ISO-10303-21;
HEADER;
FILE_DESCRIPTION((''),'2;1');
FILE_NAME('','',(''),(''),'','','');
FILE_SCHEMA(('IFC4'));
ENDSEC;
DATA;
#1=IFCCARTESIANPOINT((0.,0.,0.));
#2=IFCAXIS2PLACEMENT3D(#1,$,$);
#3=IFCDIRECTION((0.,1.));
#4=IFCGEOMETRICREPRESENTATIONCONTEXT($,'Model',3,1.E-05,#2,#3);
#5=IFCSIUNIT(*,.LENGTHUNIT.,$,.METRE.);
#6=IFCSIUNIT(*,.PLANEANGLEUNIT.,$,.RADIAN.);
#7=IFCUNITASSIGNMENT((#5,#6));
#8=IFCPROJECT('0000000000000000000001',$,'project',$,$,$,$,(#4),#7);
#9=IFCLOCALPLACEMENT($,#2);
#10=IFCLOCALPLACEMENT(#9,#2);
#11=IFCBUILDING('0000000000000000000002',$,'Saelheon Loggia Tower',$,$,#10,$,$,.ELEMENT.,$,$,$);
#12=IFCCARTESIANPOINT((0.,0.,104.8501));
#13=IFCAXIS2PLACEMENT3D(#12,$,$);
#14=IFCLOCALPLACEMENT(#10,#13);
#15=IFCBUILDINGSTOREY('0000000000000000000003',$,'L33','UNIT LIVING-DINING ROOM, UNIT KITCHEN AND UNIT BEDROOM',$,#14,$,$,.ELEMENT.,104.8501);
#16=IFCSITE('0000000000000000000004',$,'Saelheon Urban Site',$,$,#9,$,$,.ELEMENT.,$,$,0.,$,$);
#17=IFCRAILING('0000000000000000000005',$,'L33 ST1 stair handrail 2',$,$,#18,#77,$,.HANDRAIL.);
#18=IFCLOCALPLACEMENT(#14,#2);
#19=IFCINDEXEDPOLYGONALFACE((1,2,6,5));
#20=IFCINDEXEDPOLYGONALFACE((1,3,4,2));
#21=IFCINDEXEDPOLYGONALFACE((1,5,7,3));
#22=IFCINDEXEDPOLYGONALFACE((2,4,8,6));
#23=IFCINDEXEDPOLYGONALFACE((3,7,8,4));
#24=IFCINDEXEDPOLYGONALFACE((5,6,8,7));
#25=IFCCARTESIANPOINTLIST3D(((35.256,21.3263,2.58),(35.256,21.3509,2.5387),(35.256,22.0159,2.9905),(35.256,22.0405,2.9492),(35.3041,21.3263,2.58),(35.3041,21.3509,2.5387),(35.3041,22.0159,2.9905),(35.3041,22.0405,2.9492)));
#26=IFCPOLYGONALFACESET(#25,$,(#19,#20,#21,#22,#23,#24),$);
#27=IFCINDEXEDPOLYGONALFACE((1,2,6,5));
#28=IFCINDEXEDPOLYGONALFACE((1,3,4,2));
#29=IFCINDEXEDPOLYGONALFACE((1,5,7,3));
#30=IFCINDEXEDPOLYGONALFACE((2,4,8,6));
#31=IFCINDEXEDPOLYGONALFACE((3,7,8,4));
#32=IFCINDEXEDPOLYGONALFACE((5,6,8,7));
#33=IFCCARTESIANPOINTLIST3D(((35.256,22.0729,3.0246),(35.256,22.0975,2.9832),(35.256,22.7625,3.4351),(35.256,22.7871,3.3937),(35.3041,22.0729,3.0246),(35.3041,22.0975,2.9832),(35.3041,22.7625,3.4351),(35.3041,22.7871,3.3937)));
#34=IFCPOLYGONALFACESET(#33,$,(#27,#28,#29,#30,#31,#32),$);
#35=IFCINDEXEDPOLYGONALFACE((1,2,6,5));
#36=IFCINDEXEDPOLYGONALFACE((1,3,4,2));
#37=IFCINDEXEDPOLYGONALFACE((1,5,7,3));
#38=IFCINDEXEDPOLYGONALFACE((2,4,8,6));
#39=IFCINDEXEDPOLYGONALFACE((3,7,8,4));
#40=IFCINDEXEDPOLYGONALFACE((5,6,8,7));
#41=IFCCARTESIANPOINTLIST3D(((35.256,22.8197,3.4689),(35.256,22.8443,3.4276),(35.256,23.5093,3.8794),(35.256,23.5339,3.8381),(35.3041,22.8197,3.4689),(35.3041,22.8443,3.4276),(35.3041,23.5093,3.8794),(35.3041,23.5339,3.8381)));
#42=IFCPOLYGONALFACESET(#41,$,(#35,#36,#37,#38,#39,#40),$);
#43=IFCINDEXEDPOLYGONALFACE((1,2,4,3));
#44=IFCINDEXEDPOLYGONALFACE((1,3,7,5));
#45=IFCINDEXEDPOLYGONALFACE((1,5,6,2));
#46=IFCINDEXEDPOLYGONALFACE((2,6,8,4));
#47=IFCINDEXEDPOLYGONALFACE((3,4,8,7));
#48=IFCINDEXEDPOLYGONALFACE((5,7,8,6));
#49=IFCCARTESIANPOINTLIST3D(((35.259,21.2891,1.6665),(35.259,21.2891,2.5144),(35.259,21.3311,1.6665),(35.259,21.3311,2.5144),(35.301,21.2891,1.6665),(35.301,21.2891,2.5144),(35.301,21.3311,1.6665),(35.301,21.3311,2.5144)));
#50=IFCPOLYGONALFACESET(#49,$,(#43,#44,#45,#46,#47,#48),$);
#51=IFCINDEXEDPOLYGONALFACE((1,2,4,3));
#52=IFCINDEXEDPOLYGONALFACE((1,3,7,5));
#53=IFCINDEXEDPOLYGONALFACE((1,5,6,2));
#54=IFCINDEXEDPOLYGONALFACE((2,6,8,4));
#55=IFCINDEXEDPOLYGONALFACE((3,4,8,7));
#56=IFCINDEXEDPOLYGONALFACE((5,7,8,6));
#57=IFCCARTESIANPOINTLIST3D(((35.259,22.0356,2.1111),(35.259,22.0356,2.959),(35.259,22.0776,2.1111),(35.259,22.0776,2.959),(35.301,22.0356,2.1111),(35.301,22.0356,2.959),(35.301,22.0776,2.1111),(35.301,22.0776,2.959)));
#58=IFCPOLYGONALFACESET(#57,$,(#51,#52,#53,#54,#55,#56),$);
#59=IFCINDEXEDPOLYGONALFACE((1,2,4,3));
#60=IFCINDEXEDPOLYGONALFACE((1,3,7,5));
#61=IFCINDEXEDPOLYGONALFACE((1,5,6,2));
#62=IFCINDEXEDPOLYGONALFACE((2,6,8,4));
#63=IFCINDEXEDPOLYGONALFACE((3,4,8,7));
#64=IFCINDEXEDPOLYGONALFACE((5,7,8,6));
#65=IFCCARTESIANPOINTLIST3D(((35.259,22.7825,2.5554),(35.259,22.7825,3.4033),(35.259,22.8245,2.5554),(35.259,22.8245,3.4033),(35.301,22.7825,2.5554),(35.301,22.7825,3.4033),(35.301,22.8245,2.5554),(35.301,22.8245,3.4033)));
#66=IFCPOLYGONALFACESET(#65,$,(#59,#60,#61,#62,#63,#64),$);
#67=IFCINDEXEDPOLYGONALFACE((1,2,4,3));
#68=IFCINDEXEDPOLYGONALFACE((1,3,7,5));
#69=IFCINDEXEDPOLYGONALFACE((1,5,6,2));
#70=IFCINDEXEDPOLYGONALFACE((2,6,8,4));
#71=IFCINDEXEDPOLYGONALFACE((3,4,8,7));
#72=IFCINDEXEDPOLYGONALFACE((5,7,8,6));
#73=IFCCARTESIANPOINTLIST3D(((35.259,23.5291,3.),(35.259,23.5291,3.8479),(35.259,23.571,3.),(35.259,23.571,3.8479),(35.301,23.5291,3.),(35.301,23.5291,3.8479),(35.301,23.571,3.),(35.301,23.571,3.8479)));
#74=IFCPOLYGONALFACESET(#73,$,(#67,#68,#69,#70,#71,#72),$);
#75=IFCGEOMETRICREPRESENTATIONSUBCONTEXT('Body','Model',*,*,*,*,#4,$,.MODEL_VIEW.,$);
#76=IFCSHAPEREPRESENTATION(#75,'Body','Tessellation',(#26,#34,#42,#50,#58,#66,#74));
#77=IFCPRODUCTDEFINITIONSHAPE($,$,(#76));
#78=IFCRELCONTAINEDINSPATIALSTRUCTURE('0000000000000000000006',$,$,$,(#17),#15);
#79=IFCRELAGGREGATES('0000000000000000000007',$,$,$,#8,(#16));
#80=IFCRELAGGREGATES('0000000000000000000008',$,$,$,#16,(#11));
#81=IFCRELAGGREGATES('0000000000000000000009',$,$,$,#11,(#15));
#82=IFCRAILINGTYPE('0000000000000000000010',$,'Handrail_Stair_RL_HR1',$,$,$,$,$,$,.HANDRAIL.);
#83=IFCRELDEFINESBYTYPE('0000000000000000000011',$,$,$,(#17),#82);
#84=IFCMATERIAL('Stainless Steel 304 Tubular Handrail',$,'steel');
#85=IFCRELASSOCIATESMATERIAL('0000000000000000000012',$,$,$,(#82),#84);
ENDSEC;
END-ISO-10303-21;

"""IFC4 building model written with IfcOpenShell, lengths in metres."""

from ifc_helpers import new_model, si_unit, direction, frame, origin, origin_2d, place, context, subcontext, project, spatial, rectangle, extrude, material, type_object, element, save


model = new_model("IFC4")

# Units and contexts
model_context = context("Model", 3, precision=1e-05, world=origin(), true_north=direction((0.0, 1.0)))
body_context = subcontext(model_context, "Body", "Model", "MODEL_VIEW")
ifc_project = project(units=[si_unit("LENGTHUNIT", "METRE"), si_unit("PLANEANGLEUNIT", "RADIAN")], contexts=[model_context])

# Site, building, storey
site_placement = place(None, origin())
site = spatial("IfcSite", under=ifc_project, at=site_placement, Name="Saelheon Urban Site", CompositionType="ELEMENT", RefElevation=0.0)
building_placement = place(site_placement, origin())
building = spatial("IfcBuilding", under=site, at=building_placement, Name="Saelheon Loggia Tower", CompositionType="ELEMENT")
storey_placement = place(building_placement, frame((0.0, 0.0, 104.8501)))
storey = spatial("IfcBuildingStorey", under=building, at=storey_placement, Name="L33", Description="UNIT LIVING-DINING ROOM, UNIT KITCHEN AND UNIT BEDROOM", CompositionType="ELEMENT", Elevation=104.8501)

# Railing
ifc_material_1 = material(Name="Stainless Steel 304 Tubular Handrail", Category="steel")
railing_type_1 = type_object("IfcRailingType", Name="Handrail_Stair_RL_HR1", PredefinedType="HANDRAIL", material=ifc_material_1)
railing_1_placement = place(storey_placement, frame((35.28, 21.3101, 1.6665)))
element("IfcRailing", 1, at=railing_1_placement, inside=storey, type_object=railing_type_1, Name="L33 ST1 stair handrail 2", PredefinedType="HANDRAIL", context=body_context, shape_type="SweptSolid", body=[
    extrude(rectangle(XDim=0.0481, YDim=0.0481, at=origin_2d()), frame((0.0, 0.0286, 0.8928), z_axis=(0.0, 0.859264, 0.511532), x_axis=(-1.0, 0.0, 0.0)), (0.0, 0.0, 1.0), 0.8025),
    extrude(rectangle(XDim=0.0481, YDim=0.0481, at=origin_2d()), frame((0.0, 0.7751, 1.3374), z_axis=(0.0, 0.859264, 0.511532), x_axis=(-1.0, 0.0, 0.0)), (0.0, 0.0, 1.0), 0.8025),
    extrude(rectangle(XDim=0.0481, YDim=0.0481, at=origin_2d()), frame((0.0, 1.522, 1.7817), z_axis=(0.0, 0.859264, 0.511532), x_axis=(-1.0, 0.0, 0.0)), (0.0, 0.0, 1.0), 0.8025),
    extrude(rectangle(XDim=0.042, YDim=0.042, at=origin_2d()), origin(), (0.0, 0.0, 1.0), 0.8479),
    extrude(rectangle(XDim=0.042, YDim=0.042, at=origin_2d()), frame((0.0, 0.7466, 0.4446)), (0.0, 0.0, 1.0), 0.8479),
    extrude(rectangle(XDim=0.042, YDim=0.042, at=origin_2d()), frame((0.0, 1.4934, 0.8889)), (0.0, 0.0, 1.0), 0.8479),
    extrude(rectangle(XDim=0.042, YDim=0.042, at=origin_2d()), frame((0.0, 2.24, 1.3335)), (0.0, 0.0, 1.0), 0.8479),
])

save(model, "model.ifc")
